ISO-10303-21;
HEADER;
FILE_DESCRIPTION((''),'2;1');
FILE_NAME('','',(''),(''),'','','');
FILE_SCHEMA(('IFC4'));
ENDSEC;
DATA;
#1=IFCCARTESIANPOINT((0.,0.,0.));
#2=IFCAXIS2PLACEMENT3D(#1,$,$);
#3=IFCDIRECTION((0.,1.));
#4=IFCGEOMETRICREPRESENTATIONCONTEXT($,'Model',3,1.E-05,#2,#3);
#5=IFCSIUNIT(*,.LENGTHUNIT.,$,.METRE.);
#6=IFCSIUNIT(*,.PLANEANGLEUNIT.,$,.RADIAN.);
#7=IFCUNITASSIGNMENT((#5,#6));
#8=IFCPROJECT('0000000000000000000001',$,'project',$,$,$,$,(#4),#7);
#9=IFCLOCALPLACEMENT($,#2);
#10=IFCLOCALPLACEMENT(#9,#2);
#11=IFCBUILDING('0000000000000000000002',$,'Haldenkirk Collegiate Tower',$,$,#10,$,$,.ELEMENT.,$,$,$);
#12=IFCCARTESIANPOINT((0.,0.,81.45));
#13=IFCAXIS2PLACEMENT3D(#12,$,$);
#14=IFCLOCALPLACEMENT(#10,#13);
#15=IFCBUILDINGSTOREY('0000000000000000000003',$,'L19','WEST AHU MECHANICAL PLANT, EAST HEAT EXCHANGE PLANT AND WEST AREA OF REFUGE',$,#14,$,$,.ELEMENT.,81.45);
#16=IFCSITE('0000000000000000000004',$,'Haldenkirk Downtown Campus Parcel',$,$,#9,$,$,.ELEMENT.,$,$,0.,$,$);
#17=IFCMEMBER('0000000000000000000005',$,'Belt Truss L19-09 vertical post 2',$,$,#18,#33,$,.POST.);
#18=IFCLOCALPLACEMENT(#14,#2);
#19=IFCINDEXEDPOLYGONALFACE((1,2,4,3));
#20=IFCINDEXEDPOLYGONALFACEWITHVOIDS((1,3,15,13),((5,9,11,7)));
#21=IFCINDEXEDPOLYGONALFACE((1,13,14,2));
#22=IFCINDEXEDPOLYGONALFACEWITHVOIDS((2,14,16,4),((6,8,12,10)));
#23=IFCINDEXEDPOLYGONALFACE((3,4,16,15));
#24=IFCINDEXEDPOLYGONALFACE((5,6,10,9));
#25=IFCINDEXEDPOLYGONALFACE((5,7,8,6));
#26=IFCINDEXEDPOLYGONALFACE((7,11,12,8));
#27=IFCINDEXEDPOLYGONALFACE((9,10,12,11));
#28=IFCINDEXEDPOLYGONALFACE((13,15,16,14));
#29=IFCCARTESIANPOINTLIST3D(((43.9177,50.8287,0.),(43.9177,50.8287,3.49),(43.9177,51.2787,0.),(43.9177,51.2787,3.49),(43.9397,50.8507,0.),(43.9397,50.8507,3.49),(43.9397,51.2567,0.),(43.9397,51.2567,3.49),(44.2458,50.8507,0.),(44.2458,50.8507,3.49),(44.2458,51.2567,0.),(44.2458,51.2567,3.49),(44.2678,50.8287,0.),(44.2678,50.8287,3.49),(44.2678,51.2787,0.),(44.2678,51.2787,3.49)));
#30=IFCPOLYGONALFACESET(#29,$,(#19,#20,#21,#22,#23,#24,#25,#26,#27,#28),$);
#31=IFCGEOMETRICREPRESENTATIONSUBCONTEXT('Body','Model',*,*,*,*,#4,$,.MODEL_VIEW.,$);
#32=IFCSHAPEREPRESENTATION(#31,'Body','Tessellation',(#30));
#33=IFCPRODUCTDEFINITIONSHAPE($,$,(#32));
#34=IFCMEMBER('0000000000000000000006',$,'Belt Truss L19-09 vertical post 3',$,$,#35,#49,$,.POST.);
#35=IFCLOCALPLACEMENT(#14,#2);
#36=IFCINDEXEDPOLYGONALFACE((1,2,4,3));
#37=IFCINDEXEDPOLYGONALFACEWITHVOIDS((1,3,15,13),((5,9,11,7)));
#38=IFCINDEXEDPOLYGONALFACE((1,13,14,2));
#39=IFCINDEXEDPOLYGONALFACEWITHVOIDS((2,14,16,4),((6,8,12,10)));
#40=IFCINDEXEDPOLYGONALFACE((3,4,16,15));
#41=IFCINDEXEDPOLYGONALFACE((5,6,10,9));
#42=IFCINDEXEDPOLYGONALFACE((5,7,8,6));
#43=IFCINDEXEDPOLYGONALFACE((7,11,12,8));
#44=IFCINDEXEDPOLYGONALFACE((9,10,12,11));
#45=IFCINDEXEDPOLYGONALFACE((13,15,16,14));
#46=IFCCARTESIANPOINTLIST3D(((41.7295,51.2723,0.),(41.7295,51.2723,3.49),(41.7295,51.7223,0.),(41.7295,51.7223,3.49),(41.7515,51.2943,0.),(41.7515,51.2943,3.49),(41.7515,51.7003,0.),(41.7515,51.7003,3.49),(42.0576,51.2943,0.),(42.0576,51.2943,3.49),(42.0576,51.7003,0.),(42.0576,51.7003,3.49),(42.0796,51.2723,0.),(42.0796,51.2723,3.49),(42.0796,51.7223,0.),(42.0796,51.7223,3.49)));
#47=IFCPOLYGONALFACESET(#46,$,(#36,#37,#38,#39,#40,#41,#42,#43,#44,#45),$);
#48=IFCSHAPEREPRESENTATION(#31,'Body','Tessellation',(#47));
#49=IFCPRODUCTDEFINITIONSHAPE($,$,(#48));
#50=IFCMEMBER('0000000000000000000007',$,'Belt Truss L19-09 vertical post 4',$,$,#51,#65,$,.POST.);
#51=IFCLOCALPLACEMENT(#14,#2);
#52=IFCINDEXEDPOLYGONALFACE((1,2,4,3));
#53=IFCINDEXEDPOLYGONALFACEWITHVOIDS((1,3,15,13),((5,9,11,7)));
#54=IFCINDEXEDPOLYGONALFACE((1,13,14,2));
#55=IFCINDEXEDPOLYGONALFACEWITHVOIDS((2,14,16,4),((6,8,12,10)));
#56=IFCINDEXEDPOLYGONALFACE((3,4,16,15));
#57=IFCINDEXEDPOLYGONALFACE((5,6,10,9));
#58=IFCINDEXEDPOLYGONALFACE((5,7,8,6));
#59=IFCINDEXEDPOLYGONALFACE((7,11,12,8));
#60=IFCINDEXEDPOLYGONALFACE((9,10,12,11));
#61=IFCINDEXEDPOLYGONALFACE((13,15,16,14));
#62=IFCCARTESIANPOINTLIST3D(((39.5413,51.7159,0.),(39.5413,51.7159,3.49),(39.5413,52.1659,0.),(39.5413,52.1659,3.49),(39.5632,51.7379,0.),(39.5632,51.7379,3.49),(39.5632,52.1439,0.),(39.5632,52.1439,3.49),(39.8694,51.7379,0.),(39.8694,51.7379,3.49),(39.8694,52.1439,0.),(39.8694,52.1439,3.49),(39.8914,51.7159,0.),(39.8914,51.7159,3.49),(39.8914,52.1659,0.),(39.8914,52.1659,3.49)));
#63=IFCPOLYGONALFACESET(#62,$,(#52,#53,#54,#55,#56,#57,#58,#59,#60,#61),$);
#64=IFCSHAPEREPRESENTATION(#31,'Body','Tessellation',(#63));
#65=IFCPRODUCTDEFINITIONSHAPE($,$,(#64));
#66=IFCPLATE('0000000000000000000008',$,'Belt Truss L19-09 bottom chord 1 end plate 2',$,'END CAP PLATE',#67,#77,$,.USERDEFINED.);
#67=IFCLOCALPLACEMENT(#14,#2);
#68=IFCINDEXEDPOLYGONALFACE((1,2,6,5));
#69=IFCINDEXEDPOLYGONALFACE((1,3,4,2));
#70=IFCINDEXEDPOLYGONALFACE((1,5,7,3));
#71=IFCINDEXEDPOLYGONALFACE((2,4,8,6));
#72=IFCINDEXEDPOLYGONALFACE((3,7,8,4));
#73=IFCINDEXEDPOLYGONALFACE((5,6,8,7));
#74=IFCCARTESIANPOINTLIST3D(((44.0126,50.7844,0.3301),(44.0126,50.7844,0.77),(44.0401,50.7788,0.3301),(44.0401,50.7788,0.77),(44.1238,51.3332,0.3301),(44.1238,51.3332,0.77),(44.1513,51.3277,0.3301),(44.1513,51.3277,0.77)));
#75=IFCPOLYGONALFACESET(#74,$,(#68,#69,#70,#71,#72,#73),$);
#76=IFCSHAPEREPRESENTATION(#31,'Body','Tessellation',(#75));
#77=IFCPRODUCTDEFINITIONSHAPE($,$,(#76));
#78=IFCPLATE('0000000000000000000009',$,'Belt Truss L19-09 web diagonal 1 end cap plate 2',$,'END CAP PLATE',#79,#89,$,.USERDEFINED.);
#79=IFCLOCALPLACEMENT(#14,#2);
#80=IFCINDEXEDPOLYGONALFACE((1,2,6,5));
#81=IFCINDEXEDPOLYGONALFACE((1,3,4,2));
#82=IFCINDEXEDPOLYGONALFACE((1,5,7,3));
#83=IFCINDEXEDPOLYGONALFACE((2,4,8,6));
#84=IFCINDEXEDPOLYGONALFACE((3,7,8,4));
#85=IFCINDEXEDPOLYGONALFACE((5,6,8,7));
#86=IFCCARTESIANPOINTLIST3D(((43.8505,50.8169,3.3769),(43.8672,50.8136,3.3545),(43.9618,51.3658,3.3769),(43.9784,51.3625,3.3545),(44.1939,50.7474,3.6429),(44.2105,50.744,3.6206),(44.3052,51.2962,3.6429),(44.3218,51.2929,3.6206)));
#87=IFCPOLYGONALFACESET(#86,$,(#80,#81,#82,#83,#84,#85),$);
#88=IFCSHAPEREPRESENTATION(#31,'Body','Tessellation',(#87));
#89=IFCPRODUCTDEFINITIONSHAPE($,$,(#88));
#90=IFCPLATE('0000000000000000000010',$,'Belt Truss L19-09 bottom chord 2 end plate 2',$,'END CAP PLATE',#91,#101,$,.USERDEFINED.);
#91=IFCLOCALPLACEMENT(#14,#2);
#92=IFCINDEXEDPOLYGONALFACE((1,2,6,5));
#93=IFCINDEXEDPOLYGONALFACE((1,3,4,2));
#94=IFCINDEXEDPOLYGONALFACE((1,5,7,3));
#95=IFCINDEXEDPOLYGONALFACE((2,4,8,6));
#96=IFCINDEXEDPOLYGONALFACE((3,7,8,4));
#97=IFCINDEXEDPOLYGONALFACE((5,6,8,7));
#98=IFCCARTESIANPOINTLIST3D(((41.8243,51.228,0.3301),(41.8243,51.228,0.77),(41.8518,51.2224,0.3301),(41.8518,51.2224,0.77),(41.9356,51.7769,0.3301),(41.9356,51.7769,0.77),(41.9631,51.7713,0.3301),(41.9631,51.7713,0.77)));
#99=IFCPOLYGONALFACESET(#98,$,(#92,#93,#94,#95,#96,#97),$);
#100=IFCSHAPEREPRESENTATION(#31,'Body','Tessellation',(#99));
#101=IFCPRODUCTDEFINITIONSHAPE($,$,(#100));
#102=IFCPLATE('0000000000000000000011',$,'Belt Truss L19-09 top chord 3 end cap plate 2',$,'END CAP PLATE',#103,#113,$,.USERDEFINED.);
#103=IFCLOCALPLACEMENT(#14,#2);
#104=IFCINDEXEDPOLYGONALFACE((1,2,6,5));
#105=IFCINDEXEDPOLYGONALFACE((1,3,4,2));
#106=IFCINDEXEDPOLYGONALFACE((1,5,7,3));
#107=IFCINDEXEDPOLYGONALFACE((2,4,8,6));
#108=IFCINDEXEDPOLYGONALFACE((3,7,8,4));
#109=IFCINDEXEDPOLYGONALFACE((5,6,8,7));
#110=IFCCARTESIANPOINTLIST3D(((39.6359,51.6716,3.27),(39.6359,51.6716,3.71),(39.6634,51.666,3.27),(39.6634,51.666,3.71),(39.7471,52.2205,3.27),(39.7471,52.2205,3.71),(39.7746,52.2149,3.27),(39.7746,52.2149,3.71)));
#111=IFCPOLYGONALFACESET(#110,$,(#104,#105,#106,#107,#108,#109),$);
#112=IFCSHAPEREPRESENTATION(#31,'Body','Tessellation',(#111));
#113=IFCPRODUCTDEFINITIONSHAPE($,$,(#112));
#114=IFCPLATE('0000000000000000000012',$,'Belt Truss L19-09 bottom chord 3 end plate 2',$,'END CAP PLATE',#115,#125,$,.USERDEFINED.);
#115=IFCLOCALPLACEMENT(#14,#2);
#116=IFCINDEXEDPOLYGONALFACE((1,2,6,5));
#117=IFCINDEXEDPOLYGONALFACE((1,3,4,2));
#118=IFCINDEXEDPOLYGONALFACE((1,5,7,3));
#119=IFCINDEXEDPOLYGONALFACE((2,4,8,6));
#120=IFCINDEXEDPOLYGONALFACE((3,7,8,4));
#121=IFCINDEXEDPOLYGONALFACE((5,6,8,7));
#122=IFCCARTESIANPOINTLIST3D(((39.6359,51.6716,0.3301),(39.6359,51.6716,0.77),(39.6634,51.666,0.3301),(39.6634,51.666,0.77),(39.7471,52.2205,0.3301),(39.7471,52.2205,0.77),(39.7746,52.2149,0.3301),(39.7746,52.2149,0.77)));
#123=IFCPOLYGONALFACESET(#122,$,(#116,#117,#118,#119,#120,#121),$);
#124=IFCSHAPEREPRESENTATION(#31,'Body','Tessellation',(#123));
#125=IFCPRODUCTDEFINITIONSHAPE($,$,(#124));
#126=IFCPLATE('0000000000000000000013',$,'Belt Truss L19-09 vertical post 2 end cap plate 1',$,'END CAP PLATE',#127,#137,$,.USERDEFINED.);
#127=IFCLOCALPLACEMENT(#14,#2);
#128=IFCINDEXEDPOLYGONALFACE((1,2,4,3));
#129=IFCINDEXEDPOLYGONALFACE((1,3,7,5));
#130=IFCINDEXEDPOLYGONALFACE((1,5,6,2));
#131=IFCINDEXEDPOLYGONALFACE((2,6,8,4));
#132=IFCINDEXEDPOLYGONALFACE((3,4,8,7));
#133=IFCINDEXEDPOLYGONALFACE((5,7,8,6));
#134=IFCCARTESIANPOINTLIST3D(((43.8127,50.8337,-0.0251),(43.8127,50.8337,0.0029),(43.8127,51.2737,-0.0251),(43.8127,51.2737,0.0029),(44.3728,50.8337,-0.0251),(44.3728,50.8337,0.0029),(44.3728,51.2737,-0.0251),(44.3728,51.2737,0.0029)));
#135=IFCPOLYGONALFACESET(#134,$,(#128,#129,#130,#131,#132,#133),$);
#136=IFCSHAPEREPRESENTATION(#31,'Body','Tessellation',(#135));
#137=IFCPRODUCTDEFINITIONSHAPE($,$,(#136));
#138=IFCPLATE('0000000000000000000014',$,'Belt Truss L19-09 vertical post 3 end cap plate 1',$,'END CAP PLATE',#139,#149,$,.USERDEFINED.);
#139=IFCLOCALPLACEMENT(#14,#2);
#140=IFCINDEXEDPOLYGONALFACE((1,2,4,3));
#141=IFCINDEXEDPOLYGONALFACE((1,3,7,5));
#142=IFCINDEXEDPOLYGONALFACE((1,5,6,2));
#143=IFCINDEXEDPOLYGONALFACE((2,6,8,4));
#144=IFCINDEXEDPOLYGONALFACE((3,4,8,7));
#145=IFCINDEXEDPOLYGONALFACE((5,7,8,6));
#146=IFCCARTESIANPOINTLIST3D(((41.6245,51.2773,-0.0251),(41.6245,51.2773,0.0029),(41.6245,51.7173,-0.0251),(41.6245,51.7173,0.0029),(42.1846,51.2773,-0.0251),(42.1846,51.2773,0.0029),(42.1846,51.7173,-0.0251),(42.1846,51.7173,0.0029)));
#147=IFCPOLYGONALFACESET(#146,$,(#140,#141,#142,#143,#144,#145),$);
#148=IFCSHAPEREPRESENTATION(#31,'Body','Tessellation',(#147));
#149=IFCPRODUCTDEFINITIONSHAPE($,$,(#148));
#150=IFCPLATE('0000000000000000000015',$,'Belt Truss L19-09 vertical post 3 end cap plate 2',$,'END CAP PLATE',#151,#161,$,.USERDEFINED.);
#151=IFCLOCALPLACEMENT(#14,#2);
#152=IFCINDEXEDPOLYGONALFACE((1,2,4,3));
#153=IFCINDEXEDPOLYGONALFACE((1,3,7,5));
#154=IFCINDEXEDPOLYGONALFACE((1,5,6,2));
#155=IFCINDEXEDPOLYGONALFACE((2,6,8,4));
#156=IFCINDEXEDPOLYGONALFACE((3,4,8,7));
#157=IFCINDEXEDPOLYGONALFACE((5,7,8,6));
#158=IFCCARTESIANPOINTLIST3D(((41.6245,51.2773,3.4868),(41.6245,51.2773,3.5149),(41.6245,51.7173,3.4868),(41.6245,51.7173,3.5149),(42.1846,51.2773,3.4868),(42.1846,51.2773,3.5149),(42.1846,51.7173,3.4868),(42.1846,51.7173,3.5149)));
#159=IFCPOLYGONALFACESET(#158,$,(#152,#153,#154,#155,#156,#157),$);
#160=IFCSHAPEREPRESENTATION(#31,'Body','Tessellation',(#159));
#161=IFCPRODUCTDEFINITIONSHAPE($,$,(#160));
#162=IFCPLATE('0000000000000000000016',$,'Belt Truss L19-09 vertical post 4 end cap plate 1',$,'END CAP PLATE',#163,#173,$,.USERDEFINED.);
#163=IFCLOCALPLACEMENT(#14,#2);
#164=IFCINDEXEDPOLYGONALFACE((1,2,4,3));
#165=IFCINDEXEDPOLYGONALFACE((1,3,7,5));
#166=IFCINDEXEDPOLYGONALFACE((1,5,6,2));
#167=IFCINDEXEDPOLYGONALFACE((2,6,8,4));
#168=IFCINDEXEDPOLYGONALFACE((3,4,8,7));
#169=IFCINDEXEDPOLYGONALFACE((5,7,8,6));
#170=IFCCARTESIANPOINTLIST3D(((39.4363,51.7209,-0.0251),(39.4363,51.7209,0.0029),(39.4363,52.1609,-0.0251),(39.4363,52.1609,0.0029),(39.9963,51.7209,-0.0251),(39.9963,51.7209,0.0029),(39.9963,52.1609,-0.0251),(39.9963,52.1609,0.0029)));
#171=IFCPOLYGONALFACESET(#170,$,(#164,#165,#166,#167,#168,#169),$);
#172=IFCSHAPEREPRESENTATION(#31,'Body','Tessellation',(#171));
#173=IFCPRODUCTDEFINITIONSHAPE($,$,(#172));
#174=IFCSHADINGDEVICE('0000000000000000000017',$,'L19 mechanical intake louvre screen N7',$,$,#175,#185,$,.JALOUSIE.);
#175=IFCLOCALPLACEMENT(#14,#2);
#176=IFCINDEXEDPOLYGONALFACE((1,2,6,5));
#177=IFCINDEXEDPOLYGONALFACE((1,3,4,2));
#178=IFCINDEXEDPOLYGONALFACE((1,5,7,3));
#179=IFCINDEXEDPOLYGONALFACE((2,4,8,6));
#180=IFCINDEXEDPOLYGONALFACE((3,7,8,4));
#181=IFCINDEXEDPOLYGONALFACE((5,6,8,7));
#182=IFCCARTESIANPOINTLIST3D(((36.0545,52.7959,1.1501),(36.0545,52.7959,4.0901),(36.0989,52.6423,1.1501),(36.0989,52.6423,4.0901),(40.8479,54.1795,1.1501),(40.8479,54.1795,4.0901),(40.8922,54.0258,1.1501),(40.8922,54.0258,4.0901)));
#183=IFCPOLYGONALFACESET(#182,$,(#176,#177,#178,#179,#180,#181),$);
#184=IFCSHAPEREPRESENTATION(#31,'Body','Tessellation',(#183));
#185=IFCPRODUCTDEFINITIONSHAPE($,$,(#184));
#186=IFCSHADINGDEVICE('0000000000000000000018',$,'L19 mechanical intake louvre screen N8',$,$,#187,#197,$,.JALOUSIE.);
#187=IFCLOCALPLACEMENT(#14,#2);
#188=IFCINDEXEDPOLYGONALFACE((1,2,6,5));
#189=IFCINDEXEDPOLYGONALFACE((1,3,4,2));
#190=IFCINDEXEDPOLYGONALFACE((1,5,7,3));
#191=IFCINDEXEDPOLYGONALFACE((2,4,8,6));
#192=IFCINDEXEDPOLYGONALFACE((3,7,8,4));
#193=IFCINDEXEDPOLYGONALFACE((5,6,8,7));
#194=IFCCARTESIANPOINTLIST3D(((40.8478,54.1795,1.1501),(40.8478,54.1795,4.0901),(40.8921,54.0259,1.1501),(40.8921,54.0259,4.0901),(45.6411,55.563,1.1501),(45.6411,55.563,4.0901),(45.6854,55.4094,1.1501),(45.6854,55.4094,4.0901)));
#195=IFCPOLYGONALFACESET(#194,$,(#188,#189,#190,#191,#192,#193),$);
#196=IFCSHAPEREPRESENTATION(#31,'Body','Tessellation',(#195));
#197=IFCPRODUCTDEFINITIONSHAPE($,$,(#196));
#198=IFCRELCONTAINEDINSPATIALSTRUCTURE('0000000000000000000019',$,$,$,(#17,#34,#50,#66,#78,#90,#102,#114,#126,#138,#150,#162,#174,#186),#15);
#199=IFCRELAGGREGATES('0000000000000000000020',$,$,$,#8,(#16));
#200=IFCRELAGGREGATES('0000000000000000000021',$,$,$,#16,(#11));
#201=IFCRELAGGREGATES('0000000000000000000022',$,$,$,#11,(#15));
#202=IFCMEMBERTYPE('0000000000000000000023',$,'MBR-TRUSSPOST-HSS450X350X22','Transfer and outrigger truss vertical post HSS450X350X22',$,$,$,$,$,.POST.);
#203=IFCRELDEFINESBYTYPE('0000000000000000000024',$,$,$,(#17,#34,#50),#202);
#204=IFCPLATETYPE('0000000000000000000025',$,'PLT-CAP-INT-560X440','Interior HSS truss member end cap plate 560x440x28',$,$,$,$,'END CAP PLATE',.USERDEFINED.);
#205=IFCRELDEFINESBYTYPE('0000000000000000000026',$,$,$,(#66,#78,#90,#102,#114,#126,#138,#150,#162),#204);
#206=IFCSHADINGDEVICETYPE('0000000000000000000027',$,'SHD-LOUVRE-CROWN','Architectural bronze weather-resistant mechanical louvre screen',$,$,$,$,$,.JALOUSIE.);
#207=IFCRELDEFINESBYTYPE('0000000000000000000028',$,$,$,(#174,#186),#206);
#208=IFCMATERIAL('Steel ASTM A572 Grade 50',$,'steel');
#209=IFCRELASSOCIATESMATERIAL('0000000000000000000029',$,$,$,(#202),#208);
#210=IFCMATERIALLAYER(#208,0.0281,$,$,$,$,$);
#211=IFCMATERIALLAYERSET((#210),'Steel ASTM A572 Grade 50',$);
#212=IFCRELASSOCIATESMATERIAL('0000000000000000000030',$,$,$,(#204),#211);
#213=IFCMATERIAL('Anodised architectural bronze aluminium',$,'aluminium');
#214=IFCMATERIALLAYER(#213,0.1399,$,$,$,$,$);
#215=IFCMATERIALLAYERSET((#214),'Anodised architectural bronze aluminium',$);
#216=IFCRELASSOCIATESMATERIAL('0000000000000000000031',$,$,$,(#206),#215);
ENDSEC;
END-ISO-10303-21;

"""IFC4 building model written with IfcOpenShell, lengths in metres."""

from ifc_helpers import new_model, si_unit, direction, frame, origin, origin_2d, place, context, subcontext, project, spatial, rectangle, hollow_rectangle, extrude, source, transform, mapped, material, layer, layer_set, material_profile, profile_set, type_object, element, save


model = new_model("IFC4")

# Units and contexts
model_context = context("Model", 3, precision=1e-05, world=origin(), true_north=direction((0.0, 1.0)))
body_context = subcontext(model_context, "Body", "Model", "MODEL_VIEW")
ifc_project = project(units=[si_unit("LENGTHUNIT", "METRE"), si_unit("PLANEANGLEUNIT", "RADIAN")], contexts=[model_context])

# Site, building, storey
site_placement = place(None, origin())
site = spatial("IfcSite", under=ifc_project, at=site_placement, Name="Haldenkirk Downtown Campus Parcel", CompositionType="ELEMENT", RefElevation=0.0)
building_placement = place(site_placement, origin())
building = spatial("IfcBuilding", under=site, at=building_placement, Name="Haldenkirk Collegiate Tower", CompositionType="ELEMENT")
storey_placement = place(building_placement, frame((0.0, 0.0, 81.45)))
storey = spatial("IfcBuildingStorey", under=building, at=storey_placement, Name="L19", Description="WEST AHU MECHANICAL PLANT, EAST HEAT EXCHANGE PLANT AND WEST AREA OF REFUGE", CompositionType="ELEMENT", Elevation=81.45)

# Members
ifc_material_1 = material(Name="Steel ASTM A572 Grade 50", Category="steel")
ifc_material_profile_1 = material_profile(ifc_material_1, hollow_rectangle(XDim=0.3501, YDim=0.45, WallThickness=0.022, at=origin_2d()), Name="HSS450X350X22")
ifc_profile_set_1 = profile_set([ifc_material_profile_1], Name="Steel ASTM A572 Grade 50")
member_type_1 = type_object("IfcMemberType", Name="MBR-TRUSSPOST-HSS450X350X22", Description="Transfer and outrigger truss vertical post HSS450X350X22", PredefinedType="POST", material=ifc_profile_set_1)
for number, where, z_axis, x_axis, name in (
    (1, (44.0928, 51.0537, 0.0), (0.0, 0.0, 1.0), (1.0, 0.0, 0.0), "Belt Truss L19-09 vertical post 2"),
    (2, (41.9045, 51.4973, 0.0), (0.0, 0.0, 1.0), (1.0, 0.0, 0.0), "Belt Truss L19-09 vertical post 3"),
    (3, (39.7163, 51.9409, 0.0), (0.0, 0.0, 1.0), (1.0, 0.0, 0.0), "Belt Truss L19-09 vertical post 4"),
):
    element("IfcMember", number, at=place(storey_placement, frame(where, z_axis=z_axis, x_axis=x_axis)), inside=storey, type_object=member_type_1, Name=name, PredefinedType="POST", context=body_context, shape_type="SweptSolid", body=[
        extrude(hollow_rectangle(XDim=0.3501, YDim=0.45, WallThickness=0.022, at=origin_2d()), origin(), (0.0, 0.0, 1.0), 3.49),
    ])

# Plates
ifc_layer_1 = layer(ifc_material_1, 0.0281)
ifc_layer_set_1 = layer_set([ifc_layer_1], Name="Steel ASTM A572 Grade 50")
plate_type = type_object("IfcPlateType", Name="PLT-CAP-INT-560X440", Description="Interior HSS truss member end cap plate 560x440x28", ElementType="END CAP PLATE", PredefinedType="USERDEFINED", material=ifc_layer_set_1)
shared_shape_1 = source(origin(), body_context, "Body", "SweptSolid", [
    extrude(rectangle(XDim=0.5601, YDim=0.4399, at=origin_2d()), origin(), (0.0, 0.0, 1.0), 0.0281),
])
for number, where, z_axis, x_axis, name in (
    (4, (44.0957, 51.0532, 0.55), (-0.980072, 0.198645, 0.0), (-0.198645, -0.980072, 0.0), "Belt Truss L19-09 bottom chord 1 end plate 2"),
    (5, (44.0945, 51.0532, 3.4875), (-0.592756, 0.120133, 0.796372), (-0.19863, -0.980075, 0.0), "Belt Truss L19-09 web diagonal 1 end cap plate 2"),
    (6, (41.9075, 51.4968, 0.55), (-0.980072, 0.198645, 0.0), (-0.198645, -0.980072, 0.0), "Belt Truss L19-09 bottom chord 2 end plate 2"),
    (7, (39.719, 51.9404, 3.49), (-0.980075, 0.19863, 0.0), (-0.19863, -0.980075, 0.0), "Belt Truss L19-09 top chord 3 end cap plate 2"),
    (8, (39.719, 51.9404, 0.55), (-0.980072, 0.198645, 0.0), (-0.198645, -0.980072, 0.0), "Belt Truss L19-09 bottom chord 3 end plate 2"),
    (9, (44.0928, 51.0537, 0.0029), (0.0, 0.0, -1.0), (1.0, 0.0, 0.0), "Belt Truss L19-09 vertical post 2 end cap plate 1"),
    (10, (41.9045, 51.4973, 0.0029), (0.0, 0.0, -1.0), (1.0, 0.0, 0.0), "Belt Truss L19-09 vertical post 3 end cap plate 1"),
    (11, (41.9045, 51.4973, 3.4868), (0.0, 0.0, 1.0), (1.0, 0.0, 0.0), "Belt Truss L19-09 vertical post 3 end cap plate 2"),
    (12, (39.7163, 51.9409, 0.0029), (0.0, 0.0, -1.0), (1.0, 0.0, 0.0), "Belt Truss L19-09 vertical post 4 end cap plate 1"),
):
    element("IfcPlate", number, at=place(storey_placement, frame(where, z_axis=z_axis, x_axis=x_axis)), inside=storey, type_object=plate_type, Name=name, ObjectType="END CAP PLATE", PredefinedType="USERDEFINED", context=body_context, shape_type="MappedRepresentation", body=[
        mapped(shared_shape_1, transform((0.0, 0.0, 0.0), x_axis=(1.0, 0.0, 0.0), y_axis=(0.0, 1.0, 0.0), z_axis=(0.0, 0.0, 1.0), scale=1.0)),
    ])

# Shading devices
ifc_material_2 = material(Name="Anodised architectural bronze aluminium", Category="aluminium")
ifc_layer_2 = layer(ifc_material_2, 0.1399)
ifc_layer_set_2 = layer_set([ifc_layer_2], Name="Anodised architectural bronze aluminium")
shading_device_type = type_object("IfcShadingDeviceType", Name="SHD-LOUVRE-CROWN", Description="Architectural bronze weather-resistant mechanical louvre screen", PredefinedType="JALOUSIE", material=ifc_layer_set_2)
shared_shape_2 = source(origin(), body_context, "Body", "SweptSolid", [
    extrude(rectangle(XDim=4.989, YDim=0.1599, at=origin_2d()), origin(), (0.0, 0.0, 1.0), 2.9399),
])
for number, where, z_axis, x_axis, name in (
    (13, (38.4734, 53.4109, 1.1501), (0.0, 0.0, 1.0), (0.960779, 0.277315, 0.0), "L19 mechanical intake louvre screen N7"),
    (14, (43.2666, 54.7944, 1.1501), (0.0, 0.0, 1.0), (0.960779, 0.277315, 0.0), "L19 mechanical intake louvre screen N8"),
):
    element("IfcShadingDevice", number, at=place(storey_placement, frame(where, z_axis=z_axis, x_axis=x_axis)), inside=storey, type_object=shading_device_type, Name=name, PredefinedType="JALOUSIE", context=body_context, shape_type="MappedRepresentation", body=[
        mapped(shared_shape_2, transform((0.0, 0.0, 0.0), x_axis=(1.0, 0.0, 0.0), y_axis=(0.0, 1.0, 0.0), z_axis=(0.0, 0.0, 1.0), scale=1.0)),
    ])

save(model, "model.ifc")
